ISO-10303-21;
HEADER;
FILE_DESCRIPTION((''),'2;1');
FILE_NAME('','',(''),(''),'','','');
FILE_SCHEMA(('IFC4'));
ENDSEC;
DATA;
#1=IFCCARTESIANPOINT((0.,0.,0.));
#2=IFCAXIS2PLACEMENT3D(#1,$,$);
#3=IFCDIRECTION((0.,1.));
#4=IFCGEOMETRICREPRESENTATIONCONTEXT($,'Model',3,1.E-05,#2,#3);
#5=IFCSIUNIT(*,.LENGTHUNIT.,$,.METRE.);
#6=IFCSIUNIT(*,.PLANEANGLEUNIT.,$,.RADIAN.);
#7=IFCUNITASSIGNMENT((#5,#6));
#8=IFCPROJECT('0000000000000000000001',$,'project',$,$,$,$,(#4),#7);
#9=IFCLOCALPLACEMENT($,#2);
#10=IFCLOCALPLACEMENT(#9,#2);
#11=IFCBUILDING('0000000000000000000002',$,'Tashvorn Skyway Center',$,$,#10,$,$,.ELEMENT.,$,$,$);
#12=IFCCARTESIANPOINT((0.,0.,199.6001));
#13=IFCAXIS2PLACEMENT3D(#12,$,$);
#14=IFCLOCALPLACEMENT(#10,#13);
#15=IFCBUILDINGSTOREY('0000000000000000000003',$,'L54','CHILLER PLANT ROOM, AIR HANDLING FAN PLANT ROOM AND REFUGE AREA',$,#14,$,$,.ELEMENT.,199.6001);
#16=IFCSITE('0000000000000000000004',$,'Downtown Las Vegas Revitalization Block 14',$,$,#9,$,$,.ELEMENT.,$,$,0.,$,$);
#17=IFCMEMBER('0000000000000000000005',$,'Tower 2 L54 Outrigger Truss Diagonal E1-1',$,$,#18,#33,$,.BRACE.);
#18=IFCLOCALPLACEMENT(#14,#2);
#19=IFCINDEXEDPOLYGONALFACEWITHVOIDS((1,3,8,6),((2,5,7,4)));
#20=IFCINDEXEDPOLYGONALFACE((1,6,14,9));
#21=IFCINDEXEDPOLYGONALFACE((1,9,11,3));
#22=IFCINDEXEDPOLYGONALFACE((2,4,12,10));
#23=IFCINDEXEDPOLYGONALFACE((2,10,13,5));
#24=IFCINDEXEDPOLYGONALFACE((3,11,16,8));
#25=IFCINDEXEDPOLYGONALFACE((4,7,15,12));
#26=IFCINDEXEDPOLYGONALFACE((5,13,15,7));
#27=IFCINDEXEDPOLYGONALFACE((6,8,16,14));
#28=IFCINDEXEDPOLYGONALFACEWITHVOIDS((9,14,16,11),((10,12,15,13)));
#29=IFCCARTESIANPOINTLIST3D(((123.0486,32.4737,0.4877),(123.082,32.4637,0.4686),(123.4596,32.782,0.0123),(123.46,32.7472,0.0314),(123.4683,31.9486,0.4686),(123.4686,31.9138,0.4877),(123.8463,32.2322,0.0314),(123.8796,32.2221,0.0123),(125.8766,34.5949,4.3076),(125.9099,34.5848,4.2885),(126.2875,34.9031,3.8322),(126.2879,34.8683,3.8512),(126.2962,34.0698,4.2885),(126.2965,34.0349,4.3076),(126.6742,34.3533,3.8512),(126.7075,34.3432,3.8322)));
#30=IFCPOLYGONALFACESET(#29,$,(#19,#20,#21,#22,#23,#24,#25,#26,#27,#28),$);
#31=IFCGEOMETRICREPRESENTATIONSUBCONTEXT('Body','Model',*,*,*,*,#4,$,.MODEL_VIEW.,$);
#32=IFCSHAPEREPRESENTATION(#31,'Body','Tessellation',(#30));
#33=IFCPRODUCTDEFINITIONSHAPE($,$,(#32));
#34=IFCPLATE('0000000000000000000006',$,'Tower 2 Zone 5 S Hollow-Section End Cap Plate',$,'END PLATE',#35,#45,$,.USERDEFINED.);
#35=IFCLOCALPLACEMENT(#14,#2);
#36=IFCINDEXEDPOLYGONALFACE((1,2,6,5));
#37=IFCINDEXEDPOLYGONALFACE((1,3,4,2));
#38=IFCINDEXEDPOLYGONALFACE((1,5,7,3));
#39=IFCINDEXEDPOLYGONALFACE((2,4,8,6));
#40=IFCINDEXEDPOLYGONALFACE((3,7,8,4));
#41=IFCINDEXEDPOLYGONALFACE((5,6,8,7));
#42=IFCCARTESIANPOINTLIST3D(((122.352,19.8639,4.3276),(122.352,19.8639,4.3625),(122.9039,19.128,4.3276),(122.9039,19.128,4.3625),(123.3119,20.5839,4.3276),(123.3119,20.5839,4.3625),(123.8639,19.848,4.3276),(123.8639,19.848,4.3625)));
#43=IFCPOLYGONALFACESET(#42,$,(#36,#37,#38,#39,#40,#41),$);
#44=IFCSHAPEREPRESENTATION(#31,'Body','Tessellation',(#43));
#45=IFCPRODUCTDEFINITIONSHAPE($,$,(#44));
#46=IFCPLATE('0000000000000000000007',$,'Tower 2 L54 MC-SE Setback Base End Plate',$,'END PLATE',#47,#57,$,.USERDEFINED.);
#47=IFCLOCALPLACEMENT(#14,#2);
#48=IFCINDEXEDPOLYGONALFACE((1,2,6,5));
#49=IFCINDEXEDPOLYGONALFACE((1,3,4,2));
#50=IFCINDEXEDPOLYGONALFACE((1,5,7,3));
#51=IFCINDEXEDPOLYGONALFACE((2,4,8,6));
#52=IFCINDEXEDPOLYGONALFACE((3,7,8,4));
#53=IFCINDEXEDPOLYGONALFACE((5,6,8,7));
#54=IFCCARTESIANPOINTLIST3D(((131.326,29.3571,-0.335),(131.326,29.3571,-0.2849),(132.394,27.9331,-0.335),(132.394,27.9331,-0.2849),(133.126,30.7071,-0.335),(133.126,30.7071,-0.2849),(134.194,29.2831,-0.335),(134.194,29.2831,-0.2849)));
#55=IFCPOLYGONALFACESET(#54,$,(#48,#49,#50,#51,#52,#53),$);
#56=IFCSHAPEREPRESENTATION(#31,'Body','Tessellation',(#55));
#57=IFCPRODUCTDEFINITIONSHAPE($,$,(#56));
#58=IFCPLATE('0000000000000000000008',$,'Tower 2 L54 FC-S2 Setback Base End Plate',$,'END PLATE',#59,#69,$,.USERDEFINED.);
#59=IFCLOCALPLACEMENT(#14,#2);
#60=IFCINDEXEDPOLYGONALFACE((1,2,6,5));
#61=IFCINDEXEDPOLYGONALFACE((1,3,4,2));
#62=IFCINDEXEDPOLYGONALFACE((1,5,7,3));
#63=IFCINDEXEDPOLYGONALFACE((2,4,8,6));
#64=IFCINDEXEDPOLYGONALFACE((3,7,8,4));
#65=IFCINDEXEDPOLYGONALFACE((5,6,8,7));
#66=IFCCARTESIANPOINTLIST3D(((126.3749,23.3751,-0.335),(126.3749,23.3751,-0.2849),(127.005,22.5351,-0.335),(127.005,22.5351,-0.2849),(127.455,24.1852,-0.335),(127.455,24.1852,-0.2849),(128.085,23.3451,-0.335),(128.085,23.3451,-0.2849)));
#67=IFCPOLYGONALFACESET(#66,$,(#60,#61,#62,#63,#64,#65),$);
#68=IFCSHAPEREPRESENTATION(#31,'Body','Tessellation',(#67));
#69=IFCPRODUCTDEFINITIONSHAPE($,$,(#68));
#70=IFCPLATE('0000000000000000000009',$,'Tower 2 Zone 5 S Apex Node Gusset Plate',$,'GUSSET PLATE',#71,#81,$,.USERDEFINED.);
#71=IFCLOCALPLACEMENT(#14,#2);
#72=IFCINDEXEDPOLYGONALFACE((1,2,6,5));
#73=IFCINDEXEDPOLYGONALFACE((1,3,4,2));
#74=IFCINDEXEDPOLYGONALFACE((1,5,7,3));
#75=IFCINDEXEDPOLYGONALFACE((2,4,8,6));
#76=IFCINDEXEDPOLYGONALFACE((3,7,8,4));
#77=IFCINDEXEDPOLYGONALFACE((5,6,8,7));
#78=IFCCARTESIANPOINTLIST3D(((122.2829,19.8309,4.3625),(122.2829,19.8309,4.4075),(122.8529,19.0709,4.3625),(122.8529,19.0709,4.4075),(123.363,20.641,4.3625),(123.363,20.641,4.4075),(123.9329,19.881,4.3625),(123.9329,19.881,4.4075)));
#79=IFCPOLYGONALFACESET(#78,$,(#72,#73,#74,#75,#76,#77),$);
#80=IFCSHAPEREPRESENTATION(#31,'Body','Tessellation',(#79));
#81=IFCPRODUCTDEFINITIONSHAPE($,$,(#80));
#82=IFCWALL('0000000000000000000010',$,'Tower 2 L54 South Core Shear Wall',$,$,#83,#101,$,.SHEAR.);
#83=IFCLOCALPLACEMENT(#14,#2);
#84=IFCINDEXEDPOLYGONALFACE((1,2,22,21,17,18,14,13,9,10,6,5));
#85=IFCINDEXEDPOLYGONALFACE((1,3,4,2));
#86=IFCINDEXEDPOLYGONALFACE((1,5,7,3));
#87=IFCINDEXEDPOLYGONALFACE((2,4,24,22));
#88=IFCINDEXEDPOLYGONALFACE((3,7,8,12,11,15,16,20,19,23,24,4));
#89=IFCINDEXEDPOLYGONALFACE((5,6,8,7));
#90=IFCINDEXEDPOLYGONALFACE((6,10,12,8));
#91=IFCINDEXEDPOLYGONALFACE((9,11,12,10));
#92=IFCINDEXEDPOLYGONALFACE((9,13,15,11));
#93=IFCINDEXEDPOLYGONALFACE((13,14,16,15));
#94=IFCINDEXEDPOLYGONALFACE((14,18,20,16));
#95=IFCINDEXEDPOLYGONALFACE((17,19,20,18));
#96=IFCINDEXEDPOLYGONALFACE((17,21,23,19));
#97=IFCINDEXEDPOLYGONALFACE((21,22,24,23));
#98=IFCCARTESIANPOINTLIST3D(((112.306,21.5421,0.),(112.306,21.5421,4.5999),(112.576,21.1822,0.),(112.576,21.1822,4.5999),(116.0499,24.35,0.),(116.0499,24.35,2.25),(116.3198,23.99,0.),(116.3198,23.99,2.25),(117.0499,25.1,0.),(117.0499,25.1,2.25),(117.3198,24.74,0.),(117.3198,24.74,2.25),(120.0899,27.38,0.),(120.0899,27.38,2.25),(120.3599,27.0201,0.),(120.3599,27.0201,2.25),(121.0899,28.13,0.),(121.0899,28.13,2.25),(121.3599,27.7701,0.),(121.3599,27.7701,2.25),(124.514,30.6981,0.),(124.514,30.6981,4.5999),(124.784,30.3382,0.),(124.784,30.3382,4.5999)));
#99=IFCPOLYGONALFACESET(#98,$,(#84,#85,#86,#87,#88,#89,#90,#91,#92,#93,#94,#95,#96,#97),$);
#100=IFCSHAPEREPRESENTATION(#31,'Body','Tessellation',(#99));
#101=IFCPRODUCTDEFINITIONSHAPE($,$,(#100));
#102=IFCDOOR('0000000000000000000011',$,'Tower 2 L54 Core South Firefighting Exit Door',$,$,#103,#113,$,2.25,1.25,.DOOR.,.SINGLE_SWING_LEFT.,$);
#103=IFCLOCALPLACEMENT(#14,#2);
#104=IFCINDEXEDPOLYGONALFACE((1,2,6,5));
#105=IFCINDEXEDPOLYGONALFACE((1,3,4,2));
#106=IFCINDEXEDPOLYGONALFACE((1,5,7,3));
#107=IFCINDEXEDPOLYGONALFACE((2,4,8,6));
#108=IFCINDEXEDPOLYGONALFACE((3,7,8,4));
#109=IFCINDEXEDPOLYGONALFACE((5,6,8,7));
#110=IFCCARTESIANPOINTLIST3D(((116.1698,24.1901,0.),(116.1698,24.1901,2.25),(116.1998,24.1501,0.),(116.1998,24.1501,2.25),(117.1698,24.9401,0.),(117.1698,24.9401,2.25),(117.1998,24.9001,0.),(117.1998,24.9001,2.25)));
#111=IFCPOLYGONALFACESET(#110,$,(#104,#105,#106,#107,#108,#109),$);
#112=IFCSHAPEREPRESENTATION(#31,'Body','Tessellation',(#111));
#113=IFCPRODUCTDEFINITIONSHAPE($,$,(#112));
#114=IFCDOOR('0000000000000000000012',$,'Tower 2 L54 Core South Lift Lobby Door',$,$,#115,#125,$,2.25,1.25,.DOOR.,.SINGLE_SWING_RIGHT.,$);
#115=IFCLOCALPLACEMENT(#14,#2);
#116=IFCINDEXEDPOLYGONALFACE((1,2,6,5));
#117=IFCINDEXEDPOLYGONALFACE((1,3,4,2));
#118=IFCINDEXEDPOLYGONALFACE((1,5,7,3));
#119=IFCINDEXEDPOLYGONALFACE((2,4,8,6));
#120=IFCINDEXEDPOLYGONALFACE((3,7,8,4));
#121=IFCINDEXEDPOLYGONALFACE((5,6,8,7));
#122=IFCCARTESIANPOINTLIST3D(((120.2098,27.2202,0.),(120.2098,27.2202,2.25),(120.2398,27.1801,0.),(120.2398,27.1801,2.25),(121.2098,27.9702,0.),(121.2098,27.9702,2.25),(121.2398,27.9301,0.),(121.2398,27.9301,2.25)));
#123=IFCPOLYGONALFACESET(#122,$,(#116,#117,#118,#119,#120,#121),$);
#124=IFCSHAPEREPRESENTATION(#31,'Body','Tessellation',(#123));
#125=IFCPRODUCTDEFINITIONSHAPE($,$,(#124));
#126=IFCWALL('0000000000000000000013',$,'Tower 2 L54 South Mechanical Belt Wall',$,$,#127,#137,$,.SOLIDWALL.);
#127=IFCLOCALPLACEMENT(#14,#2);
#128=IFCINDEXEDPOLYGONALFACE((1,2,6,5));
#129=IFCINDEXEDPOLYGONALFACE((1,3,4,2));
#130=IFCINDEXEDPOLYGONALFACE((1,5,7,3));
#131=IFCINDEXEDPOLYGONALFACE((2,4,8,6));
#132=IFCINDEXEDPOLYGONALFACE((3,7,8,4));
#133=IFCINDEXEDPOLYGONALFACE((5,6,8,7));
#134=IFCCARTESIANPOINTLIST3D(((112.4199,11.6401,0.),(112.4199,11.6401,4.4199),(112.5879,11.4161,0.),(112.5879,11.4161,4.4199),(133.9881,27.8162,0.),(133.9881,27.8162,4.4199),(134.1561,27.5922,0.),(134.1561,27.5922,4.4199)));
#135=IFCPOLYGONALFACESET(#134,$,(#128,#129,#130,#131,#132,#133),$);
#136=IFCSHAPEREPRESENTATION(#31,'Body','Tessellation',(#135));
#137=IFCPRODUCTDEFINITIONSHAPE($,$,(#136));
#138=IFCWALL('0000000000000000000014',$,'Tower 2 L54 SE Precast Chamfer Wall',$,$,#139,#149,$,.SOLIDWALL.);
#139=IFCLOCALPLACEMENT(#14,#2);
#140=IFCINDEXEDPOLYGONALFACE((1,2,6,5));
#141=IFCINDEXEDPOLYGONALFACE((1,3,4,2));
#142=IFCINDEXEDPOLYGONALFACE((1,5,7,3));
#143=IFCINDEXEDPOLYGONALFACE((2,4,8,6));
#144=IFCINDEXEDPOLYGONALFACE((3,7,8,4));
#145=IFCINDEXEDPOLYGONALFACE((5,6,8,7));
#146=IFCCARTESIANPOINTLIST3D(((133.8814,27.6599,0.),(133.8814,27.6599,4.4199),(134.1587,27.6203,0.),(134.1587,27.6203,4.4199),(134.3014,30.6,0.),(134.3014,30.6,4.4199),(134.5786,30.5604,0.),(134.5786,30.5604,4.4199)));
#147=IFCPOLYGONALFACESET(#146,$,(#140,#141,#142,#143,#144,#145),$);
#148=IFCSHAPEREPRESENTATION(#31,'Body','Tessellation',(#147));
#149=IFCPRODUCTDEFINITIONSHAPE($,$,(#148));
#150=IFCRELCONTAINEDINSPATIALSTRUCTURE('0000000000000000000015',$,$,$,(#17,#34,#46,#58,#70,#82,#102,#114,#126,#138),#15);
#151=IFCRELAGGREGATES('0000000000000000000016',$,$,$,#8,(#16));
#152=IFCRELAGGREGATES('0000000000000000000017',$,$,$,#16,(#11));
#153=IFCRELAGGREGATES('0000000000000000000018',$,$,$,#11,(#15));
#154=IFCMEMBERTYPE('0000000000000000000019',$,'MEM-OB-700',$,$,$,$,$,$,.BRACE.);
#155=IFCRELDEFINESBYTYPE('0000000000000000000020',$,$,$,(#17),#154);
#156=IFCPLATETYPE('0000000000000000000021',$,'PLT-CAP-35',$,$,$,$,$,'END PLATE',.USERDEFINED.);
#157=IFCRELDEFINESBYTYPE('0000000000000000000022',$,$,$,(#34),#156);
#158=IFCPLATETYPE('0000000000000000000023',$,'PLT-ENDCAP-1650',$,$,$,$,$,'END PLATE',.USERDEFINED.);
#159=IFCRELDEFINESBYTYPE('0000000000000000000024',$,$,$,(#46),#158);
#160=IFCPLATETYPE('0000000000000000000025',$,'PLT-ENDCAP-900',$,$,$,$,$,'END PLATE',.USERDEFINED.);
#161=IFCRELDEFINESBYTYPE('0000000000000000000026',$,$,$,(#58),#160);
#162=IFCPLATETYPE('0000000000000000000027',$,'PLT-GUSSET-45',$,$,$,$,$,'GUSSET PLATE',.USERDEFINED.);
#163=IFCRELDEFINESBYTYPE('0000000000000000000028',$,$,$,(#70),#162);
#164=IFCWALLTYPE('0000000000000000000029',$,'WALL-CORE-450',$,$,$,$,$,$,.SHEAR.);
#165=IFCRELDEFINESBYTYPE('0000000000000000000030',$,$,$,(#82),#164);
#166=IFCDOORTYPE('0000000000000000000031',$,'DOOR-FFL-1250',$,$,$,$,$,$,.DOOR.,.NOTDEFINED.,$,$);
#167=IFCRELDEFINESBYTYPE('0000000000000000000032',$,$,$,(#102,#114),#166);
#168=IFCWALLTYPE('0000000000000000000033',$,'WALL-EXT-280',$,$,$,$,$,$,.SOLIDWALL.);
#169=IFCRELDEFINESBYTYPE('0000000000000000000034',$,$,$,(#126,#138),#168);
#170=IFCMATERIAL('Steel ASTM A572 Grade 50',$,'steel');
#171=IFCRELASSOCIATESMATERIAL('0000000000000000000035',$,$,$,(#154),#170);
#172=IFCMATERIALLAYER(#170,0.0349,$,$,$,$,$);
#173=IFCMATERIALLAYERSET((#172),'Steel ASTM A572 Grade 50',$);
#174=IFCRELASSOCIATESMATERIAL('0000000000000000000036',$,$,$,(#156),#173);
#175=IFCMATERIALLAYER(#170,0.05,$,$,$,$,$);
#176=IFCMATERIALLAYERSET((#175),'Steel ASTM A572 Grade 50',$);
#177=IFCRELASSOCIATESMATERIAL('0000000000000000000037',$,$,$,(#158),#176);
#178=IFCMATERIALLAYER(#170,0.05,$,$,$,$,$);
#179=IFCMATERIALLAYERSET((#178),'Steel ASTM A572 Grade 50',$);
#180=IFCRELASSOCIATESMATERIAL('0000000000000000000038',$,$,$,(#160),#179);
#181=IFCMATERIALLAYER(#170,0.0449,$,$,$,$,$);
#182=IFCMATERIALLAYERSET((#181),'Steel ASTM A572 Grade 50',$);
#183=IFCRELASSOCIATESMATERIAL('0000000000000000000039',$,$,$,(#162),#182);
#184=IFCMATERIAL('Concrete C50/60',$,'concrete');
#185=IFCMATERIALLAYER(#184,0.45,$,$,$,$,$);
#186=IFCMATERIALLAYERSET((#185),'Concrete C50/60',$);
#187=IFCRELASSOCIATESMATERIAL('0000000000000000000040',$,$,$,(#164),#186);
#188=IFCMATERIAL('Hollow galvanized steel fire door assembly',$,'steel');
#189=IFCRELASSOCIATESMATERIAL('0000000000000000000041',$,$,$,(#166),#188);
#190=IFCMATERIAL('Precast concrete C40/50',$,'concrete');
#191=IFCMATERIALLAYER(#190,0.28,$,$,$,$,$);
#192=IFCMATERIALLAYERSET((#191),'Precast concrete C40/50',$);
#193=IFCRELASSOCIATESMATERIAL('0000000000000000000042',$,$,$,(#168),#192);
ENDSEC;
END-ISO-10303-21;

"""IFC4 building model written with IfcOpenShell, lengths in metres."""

from ifc_helpers import new_model, si_unit, direction, frame, frame_2d, origin, origin_2d, place, context, subcontext, project, spatial, rectangle, hollow_rectangle, extrude, material, layer, layer_set, material_profile, profile_set, type_object, element, fill, save


model = new_model("IFC4")

# Units and contexts
model_context = context("Model", 3, precision=1e-05, world=origin(), true_north=direction((0.0, 1.0)))
body_context = subcontext(model_context, "Body", "Model", "MODEL_VIEW")
ifc_project = project(units=[si_unit("LENGTHUNIT", "METRE"), si_unit("PLANEANGLEUNIT", "RADIAN")], contexts=[model_context])

# Site, building, storey
site_placement = place(None, origin())
site = spatial("IfcSite", under=ifc_project, at=site_placement, Name="Downtown Las Vegas Revitalization Block 14", CompositionType="ELEMENT", RefElevation=0.0)
building_placement = place(site_placement, origin())
building = spatial("IfcBuilding", under=site, at=building_placement, Name="Tashvorn Skyway Center", CompositionType="ELEMENT")
storey_placement = place(building_placement, frame((0.0, 0.0, 199.6001)))
storey = spatial("IfcBuildingStorey", under=building, at=storey_placement, Name="L54", Description="CHILLER PLANT ROOM, AIR HANDLING FAN PLANT ROOM AND REFUGE AREA", CompositionType="ELEMENT", Elevation=199.6001)

# Shared definitions
ifc_material_1 = material(Name="Steel ASTM A572 Grade 50", Category="steel")

# Member
ifc_material_profile_1 = material_profile(ifc_material_1, hollow_rectangle(XDim=0.7, YDim=0.7, WallThickness=0.0281, at=origin_2d()), Name="BOX700x700x28")
ifc_profile_set_1 = profile_set([ifc_material_profile_1], Name="Steel ASTM A572 Grade 50")
member_type_1 = type_object("IfcMemberType", Name="MEM-OB-700", PredefinedType="BRACE", material=ifc_profile_set_1)
member_1_placement = place(storey_placement, frame((123.4641, 32.3479, 0.25), z_axis=(0.543351, 0.407549, 0.733944), x_axis=(-0.600033, 0.799975, 0.0)))
element("IfcMember", 1, at=member_1_placement, inside=storey, type_object=member_type_1, Name="Tower 2 L54 Outrigger Truss Diagonal E1-1", PredefinedType="BRACE", context=body_context, shape_type="SweptSolid", body=[
    extrude(hollow_rectangle(XDim=0.7, YDim=0.7, WallThickness=0.0281, at=origin_2d()), origin(), (0.0, 0.0, 1.0), 5.2046),
])

# Plates
ifc_layer_1 = layer(ifc_material_1, 0.0349)
ifc_layer_set_1 = layer_set([ifc_layer_1], Name="Steel ASTM A572 Grade 50")
plate_type_1 = type_object("IfcPlateType", Name="PLT-CAP-35", ElementType="END PLATE", PredefinedType="USERDEFINED", material=ifc_layer_set_1)
plate_1_placement = place(storey_placement, frame((123.1079, 19.856, 4.3276), z_axis=(0.0, 0.0, 1.0), x_axis=(0.8, 0.6, 0.0)))
element("IfcPlate", 2, at=plate_1_placement, inside=storey, type_object=plate_type_1, Name="Tower 2 Zone 5 S Hollow-Section End Cap Plate", ObjectType="END PLATE", PredefinedType="USERDEFINED", context=body_context, shape_type="SweptSolid", body=[
    extrude(rectangle(XDim=1.2, YDim=0.9199, at=origin_2d()), origin(), (0.0, 0.0, 1.0), 0.0349),
])
ifc_layer_2 = layer(ifc_material_1, 0.05)
ifc_layer_set_2 = layer_set([ifc_layer_2], Name="Steel ASTM A572 Grade 50")
plate_type_2 = type_object("IfcPlateType", Name="PLT-ENDCAP-1650", ElementType="END PLATE", PredefinedType="USERDEFINED", material=ifc_layer_set_2)
plate_2_placement = place(storey_placement, frame((132.76, 29.3201, -0.335), z_axis=(0.0, 0.0, 1.0), x_axis=(0.8, 0.6, 0.0)))
element("IfcPlate", 3, at=plate_2_placement, inside=storey, type_object=plate_type_2, Name="Tower 2 L54 MC-SE Setback Base End Plate", ObjectType="END PLATE", PredefinedType="USERDEFINED", context=body_context, shape_type="SweptSolid", body=[
    extrude(rectangle(XDim=2.25, YDim=1.78, at=origin_2d()), origin(), (0.0, 0.0, 1.0), 0.05),
])
ifc_layer_3 = layer(ifc_material_1, 0.05)
ifc_layer_set_3 = layer_set([ifc_layer_3], Name="Steel ASTM A572 Grade 50")
plate_type_3 = type_object("IfcPlateType", Name="PLT-ENDCAP-900", ElementType="END PLATE", PredefinedType="USERDEFINED", material=ifc_layer_set_3)
plate_3_placement = place(storey_placement, frame((127.23, 23.3601, -0.335), z_axis=(0.0, 0.0, 1.0), x_axis=(0.8, 0.6, 0.0)))
element("IfcPlate", 4, at=plate_3_placement, inside=storey, type_object=plate_type_3, Name="Tower 2 L54 FC-S2 Setback Base End Plate", ObjectType="END PLATE", PredefinedType="USERDEFINED", context=body_context, shape_type="SweptSolid", body=[
    extrude(rectangle(XDim=1.3501, YDim=1.05, at=origin_2d()), origin(), (0.0, 0.0, 1.0), 0.05),
])
ifc_layer_4 = layer(ifc_material_1, 0.0449)
ifc_layer_set_4 = layer_set([ifc_layer_4], Name="Steel ASTM A572 Grade 50")
plate_type_4 = type_object("IfcPlateType", Name="PLT-GUSSET-45", ElementType="GUSSET PLATE", PredefinedType="USERDEFINED", material=ifc_layer_set_4)
plate_4_placement = place(storey_placement, frame((123.1079, 19.856, 4.3625), z_axis=(0.0, 0.0, 1.0), x_axis=(0.8, 0.6, 0.0)))
element("IfcPlate", 5, at=plate_4_placement, inside=storey, type_object=plate_type_4, Name="Tower 2 Zone 5 S Apex Node Gusset Plate", ObjectType="GUSSET PLATE", PredefinedType="USERDEFINED", context=body_context, shape_type="SweptSolid", body=[
    extrude(rectangle(XDim=1.3501, YDim=0.95, at=origin_2d()), origin(), (0.0, 0.0, 1.0), 0.0449),
])

# Wall, openings, doors
ifc_material_2 = material(Name="Concrete C50/60", Category="concrete")
ifc_layer_5 = layer(ifc_material_2, 0.45)
ifc_layer_set_5 = layer_set([ifc_layer_5], Name="Concrete C50/60")
wall_type_1 = type_object("IfcWallType", Name="WALL-CORE-450", PredefinedType="SHEAR", material=ifc_layer_set_5)
wall_1_placement = place(storey_placement, frame((124.6489, 30.5181, 0.0), z_axis=(0.0, 0.0, 1.0), x_axis=(-0.8, -0.6, 0.0)))
wall_1 = element("IfcWall", 6, at=wall_1_placement, inside=storey, type_object=wall_type_1, Name="Tower 2 L54 South Core Shear Wall", PredefinedType="SHEAR", context=body_context, shape_type="SweptSolid", body=[
    extrude(rectangle(XDim=15.26, YDim=0.45, at=frame_2d((7.6299, 0.0))), origin(), (0.0, 0.0, 1.0), 4.5999),
])
opening_1_placement = place(wall_1_placement, frame((9.3301, 0.0, 0.0)))
opening_1 = element("IfcOpeningElement", 7, at=opening_1_placement, cuts=wall_1, PredefinedType="OPENING", context=body_context, shape_type="SweptSolid", body=[
    extrude(rectangle(XDim=1.25, YDim=2.25, at=frame_2d((0.625, 1.125))), frame((0.0, 0.2349, 0.0), z_axis=(0.0, -1.0, 0.0), x_axis=(1.0, 0.0, 0.0)), (0.0, 0.0, 1.0), 0.47),
])
opening_2_placement = place(wall_1_placement, frame((4.28, 0.0, 0.0)))
opening_2 = element("IfcOpeningElement", 8, at=opening_2_placement, cuts=wall_1, PredefinedType="OPENING", context=body_context, shape_type="SweptSolid", body=[
    extrude(rectangle(XDim=1.25, YDim=2.25, at=frame_2d((0.625, 1.125))), frame((0.0, 0.2349, 0.0), z_axis=(0.0, -1.0, 0.0), x_axis=(1.0, 0.0, 0.0)), (0.0, 0.0, 1.0), 0.47),
])
ifc_material_3 = material(Name="Hollow galvanized steel fire door assembly", Category="steel")
door_type_1 = type_object("IfcDoorType", Name="DOOR-FFL-1250", OperationType="NOTDEFINED", PredefinedType="DOOR", material=ifc_material_3)
door_1_placement = place(opening_1_placement, origin())
door_1 = element("IfcDoor", 9, at=door_1_placement, inside=storey, type_object=door_type_1, Name="Tower 2 L54 Core South Firefighting Exit Door", OperationType="SINGLE_SWING_LEFT", OverallHeight=2.25, OverallWidth=1.25, PredefinedType="DOOR", context=body_context, shape_type="SweptSolid", body=[
    extrude(rectangle(XDim=1.25, YDim=2.25, at=frame_2d((0.625, 1.125))), frame((0.0, 0.0249, 0.0), z_axis=(0.0, -1.0, 0.0), x_axis=(1.0, 0.0, 0.0)), (0.0, 0.0, 1.0), 0.05),
])
fill(opening_1, door_1)
door_2_placement = place(opening_2_placement, origin())
door_2 = element("IfcDoor", 10, at=door_2_placement, inside=storey, type_object=door_type_1, Name="Tower 2 L54 Core South Lift Lobby Door", OperationType="SINGLE_SWING_RIGHT", OverallHeight=2.25, OverallWidth=1.25, PredefinedType="DOOR", context=body_context, shape_type="SweptSolid", body=[
    extrude(rectangle(XDim=1.25, YDim=2.25, at=frame_2d((0.625, 1.125))), frame((0.0, 0.0249, 0.0), z_axis=(0.0, -1.0, 0.0), x_axis=(1.0, 0.0, 0.0)), (0.0, 0.0, 1.0), 0.05),
])
fill(opening_2, door_2)

# Walls
ifc_material_4 = material(Name="Precast concrete C40/50", Category="concrete")
ifc_layer_6 = layer(ifc_material_4, 0.28)
ifc_layer_set_6 = layer_set([ifc_layer_6], Name="Precast concrete C40/50")
wall_type_2 = type_object("IfcWallType", Name="WALL-EXT-280", PredefinedType="SOLIDWALL", material=ifc_layer_set_6)
wall_2_placement = place(storey_placement, frame((134.072, 27.7041, 0.0), z_axis=(0.0, 0.0, 1.0), x_axis=(-0.800001, -0.599999, 0.0)))
element("IfcWall", 11, at=wall_2_placement, inside=storey, type_object=wall_type_2, Name="Tower 2 L54 South Mechanical Belt Wall", PredefinedType="SOLIDWALL", context=body_context, shape_type="SweptSolid", body=[
    extrude(rectangle(XDim=26.9602, YDim=0.28, at=frame_2d((13.48, 0.0))), origin(), (0.0, 0.0, 1.0), 4.4199),
])
wall_3_placement = place(storey_placement, frame((134.4399, 30.5801, 0.0), z_axis=(0.0, 0.0, 1.0), x_axis=(-0.141387, -0.989954, 0.0)))
element("IfcWall", 12, at=wall_3_placement, inside=storey, type_object=wall_type_2, Name="Tower 2 L54 SE Precast Chamfer Wall", PredefinedType="SOLIDWALL", context=body_context, shape_type="SweptSolid", body=[
    extrude(rectangle(XDim=2.97, YDim=0.28, at=frame_2d((1.4849, 0.0))), origin(), (0.0, 0.0, 1.0), 4.4199),
])

save(model, "model.ifc")
